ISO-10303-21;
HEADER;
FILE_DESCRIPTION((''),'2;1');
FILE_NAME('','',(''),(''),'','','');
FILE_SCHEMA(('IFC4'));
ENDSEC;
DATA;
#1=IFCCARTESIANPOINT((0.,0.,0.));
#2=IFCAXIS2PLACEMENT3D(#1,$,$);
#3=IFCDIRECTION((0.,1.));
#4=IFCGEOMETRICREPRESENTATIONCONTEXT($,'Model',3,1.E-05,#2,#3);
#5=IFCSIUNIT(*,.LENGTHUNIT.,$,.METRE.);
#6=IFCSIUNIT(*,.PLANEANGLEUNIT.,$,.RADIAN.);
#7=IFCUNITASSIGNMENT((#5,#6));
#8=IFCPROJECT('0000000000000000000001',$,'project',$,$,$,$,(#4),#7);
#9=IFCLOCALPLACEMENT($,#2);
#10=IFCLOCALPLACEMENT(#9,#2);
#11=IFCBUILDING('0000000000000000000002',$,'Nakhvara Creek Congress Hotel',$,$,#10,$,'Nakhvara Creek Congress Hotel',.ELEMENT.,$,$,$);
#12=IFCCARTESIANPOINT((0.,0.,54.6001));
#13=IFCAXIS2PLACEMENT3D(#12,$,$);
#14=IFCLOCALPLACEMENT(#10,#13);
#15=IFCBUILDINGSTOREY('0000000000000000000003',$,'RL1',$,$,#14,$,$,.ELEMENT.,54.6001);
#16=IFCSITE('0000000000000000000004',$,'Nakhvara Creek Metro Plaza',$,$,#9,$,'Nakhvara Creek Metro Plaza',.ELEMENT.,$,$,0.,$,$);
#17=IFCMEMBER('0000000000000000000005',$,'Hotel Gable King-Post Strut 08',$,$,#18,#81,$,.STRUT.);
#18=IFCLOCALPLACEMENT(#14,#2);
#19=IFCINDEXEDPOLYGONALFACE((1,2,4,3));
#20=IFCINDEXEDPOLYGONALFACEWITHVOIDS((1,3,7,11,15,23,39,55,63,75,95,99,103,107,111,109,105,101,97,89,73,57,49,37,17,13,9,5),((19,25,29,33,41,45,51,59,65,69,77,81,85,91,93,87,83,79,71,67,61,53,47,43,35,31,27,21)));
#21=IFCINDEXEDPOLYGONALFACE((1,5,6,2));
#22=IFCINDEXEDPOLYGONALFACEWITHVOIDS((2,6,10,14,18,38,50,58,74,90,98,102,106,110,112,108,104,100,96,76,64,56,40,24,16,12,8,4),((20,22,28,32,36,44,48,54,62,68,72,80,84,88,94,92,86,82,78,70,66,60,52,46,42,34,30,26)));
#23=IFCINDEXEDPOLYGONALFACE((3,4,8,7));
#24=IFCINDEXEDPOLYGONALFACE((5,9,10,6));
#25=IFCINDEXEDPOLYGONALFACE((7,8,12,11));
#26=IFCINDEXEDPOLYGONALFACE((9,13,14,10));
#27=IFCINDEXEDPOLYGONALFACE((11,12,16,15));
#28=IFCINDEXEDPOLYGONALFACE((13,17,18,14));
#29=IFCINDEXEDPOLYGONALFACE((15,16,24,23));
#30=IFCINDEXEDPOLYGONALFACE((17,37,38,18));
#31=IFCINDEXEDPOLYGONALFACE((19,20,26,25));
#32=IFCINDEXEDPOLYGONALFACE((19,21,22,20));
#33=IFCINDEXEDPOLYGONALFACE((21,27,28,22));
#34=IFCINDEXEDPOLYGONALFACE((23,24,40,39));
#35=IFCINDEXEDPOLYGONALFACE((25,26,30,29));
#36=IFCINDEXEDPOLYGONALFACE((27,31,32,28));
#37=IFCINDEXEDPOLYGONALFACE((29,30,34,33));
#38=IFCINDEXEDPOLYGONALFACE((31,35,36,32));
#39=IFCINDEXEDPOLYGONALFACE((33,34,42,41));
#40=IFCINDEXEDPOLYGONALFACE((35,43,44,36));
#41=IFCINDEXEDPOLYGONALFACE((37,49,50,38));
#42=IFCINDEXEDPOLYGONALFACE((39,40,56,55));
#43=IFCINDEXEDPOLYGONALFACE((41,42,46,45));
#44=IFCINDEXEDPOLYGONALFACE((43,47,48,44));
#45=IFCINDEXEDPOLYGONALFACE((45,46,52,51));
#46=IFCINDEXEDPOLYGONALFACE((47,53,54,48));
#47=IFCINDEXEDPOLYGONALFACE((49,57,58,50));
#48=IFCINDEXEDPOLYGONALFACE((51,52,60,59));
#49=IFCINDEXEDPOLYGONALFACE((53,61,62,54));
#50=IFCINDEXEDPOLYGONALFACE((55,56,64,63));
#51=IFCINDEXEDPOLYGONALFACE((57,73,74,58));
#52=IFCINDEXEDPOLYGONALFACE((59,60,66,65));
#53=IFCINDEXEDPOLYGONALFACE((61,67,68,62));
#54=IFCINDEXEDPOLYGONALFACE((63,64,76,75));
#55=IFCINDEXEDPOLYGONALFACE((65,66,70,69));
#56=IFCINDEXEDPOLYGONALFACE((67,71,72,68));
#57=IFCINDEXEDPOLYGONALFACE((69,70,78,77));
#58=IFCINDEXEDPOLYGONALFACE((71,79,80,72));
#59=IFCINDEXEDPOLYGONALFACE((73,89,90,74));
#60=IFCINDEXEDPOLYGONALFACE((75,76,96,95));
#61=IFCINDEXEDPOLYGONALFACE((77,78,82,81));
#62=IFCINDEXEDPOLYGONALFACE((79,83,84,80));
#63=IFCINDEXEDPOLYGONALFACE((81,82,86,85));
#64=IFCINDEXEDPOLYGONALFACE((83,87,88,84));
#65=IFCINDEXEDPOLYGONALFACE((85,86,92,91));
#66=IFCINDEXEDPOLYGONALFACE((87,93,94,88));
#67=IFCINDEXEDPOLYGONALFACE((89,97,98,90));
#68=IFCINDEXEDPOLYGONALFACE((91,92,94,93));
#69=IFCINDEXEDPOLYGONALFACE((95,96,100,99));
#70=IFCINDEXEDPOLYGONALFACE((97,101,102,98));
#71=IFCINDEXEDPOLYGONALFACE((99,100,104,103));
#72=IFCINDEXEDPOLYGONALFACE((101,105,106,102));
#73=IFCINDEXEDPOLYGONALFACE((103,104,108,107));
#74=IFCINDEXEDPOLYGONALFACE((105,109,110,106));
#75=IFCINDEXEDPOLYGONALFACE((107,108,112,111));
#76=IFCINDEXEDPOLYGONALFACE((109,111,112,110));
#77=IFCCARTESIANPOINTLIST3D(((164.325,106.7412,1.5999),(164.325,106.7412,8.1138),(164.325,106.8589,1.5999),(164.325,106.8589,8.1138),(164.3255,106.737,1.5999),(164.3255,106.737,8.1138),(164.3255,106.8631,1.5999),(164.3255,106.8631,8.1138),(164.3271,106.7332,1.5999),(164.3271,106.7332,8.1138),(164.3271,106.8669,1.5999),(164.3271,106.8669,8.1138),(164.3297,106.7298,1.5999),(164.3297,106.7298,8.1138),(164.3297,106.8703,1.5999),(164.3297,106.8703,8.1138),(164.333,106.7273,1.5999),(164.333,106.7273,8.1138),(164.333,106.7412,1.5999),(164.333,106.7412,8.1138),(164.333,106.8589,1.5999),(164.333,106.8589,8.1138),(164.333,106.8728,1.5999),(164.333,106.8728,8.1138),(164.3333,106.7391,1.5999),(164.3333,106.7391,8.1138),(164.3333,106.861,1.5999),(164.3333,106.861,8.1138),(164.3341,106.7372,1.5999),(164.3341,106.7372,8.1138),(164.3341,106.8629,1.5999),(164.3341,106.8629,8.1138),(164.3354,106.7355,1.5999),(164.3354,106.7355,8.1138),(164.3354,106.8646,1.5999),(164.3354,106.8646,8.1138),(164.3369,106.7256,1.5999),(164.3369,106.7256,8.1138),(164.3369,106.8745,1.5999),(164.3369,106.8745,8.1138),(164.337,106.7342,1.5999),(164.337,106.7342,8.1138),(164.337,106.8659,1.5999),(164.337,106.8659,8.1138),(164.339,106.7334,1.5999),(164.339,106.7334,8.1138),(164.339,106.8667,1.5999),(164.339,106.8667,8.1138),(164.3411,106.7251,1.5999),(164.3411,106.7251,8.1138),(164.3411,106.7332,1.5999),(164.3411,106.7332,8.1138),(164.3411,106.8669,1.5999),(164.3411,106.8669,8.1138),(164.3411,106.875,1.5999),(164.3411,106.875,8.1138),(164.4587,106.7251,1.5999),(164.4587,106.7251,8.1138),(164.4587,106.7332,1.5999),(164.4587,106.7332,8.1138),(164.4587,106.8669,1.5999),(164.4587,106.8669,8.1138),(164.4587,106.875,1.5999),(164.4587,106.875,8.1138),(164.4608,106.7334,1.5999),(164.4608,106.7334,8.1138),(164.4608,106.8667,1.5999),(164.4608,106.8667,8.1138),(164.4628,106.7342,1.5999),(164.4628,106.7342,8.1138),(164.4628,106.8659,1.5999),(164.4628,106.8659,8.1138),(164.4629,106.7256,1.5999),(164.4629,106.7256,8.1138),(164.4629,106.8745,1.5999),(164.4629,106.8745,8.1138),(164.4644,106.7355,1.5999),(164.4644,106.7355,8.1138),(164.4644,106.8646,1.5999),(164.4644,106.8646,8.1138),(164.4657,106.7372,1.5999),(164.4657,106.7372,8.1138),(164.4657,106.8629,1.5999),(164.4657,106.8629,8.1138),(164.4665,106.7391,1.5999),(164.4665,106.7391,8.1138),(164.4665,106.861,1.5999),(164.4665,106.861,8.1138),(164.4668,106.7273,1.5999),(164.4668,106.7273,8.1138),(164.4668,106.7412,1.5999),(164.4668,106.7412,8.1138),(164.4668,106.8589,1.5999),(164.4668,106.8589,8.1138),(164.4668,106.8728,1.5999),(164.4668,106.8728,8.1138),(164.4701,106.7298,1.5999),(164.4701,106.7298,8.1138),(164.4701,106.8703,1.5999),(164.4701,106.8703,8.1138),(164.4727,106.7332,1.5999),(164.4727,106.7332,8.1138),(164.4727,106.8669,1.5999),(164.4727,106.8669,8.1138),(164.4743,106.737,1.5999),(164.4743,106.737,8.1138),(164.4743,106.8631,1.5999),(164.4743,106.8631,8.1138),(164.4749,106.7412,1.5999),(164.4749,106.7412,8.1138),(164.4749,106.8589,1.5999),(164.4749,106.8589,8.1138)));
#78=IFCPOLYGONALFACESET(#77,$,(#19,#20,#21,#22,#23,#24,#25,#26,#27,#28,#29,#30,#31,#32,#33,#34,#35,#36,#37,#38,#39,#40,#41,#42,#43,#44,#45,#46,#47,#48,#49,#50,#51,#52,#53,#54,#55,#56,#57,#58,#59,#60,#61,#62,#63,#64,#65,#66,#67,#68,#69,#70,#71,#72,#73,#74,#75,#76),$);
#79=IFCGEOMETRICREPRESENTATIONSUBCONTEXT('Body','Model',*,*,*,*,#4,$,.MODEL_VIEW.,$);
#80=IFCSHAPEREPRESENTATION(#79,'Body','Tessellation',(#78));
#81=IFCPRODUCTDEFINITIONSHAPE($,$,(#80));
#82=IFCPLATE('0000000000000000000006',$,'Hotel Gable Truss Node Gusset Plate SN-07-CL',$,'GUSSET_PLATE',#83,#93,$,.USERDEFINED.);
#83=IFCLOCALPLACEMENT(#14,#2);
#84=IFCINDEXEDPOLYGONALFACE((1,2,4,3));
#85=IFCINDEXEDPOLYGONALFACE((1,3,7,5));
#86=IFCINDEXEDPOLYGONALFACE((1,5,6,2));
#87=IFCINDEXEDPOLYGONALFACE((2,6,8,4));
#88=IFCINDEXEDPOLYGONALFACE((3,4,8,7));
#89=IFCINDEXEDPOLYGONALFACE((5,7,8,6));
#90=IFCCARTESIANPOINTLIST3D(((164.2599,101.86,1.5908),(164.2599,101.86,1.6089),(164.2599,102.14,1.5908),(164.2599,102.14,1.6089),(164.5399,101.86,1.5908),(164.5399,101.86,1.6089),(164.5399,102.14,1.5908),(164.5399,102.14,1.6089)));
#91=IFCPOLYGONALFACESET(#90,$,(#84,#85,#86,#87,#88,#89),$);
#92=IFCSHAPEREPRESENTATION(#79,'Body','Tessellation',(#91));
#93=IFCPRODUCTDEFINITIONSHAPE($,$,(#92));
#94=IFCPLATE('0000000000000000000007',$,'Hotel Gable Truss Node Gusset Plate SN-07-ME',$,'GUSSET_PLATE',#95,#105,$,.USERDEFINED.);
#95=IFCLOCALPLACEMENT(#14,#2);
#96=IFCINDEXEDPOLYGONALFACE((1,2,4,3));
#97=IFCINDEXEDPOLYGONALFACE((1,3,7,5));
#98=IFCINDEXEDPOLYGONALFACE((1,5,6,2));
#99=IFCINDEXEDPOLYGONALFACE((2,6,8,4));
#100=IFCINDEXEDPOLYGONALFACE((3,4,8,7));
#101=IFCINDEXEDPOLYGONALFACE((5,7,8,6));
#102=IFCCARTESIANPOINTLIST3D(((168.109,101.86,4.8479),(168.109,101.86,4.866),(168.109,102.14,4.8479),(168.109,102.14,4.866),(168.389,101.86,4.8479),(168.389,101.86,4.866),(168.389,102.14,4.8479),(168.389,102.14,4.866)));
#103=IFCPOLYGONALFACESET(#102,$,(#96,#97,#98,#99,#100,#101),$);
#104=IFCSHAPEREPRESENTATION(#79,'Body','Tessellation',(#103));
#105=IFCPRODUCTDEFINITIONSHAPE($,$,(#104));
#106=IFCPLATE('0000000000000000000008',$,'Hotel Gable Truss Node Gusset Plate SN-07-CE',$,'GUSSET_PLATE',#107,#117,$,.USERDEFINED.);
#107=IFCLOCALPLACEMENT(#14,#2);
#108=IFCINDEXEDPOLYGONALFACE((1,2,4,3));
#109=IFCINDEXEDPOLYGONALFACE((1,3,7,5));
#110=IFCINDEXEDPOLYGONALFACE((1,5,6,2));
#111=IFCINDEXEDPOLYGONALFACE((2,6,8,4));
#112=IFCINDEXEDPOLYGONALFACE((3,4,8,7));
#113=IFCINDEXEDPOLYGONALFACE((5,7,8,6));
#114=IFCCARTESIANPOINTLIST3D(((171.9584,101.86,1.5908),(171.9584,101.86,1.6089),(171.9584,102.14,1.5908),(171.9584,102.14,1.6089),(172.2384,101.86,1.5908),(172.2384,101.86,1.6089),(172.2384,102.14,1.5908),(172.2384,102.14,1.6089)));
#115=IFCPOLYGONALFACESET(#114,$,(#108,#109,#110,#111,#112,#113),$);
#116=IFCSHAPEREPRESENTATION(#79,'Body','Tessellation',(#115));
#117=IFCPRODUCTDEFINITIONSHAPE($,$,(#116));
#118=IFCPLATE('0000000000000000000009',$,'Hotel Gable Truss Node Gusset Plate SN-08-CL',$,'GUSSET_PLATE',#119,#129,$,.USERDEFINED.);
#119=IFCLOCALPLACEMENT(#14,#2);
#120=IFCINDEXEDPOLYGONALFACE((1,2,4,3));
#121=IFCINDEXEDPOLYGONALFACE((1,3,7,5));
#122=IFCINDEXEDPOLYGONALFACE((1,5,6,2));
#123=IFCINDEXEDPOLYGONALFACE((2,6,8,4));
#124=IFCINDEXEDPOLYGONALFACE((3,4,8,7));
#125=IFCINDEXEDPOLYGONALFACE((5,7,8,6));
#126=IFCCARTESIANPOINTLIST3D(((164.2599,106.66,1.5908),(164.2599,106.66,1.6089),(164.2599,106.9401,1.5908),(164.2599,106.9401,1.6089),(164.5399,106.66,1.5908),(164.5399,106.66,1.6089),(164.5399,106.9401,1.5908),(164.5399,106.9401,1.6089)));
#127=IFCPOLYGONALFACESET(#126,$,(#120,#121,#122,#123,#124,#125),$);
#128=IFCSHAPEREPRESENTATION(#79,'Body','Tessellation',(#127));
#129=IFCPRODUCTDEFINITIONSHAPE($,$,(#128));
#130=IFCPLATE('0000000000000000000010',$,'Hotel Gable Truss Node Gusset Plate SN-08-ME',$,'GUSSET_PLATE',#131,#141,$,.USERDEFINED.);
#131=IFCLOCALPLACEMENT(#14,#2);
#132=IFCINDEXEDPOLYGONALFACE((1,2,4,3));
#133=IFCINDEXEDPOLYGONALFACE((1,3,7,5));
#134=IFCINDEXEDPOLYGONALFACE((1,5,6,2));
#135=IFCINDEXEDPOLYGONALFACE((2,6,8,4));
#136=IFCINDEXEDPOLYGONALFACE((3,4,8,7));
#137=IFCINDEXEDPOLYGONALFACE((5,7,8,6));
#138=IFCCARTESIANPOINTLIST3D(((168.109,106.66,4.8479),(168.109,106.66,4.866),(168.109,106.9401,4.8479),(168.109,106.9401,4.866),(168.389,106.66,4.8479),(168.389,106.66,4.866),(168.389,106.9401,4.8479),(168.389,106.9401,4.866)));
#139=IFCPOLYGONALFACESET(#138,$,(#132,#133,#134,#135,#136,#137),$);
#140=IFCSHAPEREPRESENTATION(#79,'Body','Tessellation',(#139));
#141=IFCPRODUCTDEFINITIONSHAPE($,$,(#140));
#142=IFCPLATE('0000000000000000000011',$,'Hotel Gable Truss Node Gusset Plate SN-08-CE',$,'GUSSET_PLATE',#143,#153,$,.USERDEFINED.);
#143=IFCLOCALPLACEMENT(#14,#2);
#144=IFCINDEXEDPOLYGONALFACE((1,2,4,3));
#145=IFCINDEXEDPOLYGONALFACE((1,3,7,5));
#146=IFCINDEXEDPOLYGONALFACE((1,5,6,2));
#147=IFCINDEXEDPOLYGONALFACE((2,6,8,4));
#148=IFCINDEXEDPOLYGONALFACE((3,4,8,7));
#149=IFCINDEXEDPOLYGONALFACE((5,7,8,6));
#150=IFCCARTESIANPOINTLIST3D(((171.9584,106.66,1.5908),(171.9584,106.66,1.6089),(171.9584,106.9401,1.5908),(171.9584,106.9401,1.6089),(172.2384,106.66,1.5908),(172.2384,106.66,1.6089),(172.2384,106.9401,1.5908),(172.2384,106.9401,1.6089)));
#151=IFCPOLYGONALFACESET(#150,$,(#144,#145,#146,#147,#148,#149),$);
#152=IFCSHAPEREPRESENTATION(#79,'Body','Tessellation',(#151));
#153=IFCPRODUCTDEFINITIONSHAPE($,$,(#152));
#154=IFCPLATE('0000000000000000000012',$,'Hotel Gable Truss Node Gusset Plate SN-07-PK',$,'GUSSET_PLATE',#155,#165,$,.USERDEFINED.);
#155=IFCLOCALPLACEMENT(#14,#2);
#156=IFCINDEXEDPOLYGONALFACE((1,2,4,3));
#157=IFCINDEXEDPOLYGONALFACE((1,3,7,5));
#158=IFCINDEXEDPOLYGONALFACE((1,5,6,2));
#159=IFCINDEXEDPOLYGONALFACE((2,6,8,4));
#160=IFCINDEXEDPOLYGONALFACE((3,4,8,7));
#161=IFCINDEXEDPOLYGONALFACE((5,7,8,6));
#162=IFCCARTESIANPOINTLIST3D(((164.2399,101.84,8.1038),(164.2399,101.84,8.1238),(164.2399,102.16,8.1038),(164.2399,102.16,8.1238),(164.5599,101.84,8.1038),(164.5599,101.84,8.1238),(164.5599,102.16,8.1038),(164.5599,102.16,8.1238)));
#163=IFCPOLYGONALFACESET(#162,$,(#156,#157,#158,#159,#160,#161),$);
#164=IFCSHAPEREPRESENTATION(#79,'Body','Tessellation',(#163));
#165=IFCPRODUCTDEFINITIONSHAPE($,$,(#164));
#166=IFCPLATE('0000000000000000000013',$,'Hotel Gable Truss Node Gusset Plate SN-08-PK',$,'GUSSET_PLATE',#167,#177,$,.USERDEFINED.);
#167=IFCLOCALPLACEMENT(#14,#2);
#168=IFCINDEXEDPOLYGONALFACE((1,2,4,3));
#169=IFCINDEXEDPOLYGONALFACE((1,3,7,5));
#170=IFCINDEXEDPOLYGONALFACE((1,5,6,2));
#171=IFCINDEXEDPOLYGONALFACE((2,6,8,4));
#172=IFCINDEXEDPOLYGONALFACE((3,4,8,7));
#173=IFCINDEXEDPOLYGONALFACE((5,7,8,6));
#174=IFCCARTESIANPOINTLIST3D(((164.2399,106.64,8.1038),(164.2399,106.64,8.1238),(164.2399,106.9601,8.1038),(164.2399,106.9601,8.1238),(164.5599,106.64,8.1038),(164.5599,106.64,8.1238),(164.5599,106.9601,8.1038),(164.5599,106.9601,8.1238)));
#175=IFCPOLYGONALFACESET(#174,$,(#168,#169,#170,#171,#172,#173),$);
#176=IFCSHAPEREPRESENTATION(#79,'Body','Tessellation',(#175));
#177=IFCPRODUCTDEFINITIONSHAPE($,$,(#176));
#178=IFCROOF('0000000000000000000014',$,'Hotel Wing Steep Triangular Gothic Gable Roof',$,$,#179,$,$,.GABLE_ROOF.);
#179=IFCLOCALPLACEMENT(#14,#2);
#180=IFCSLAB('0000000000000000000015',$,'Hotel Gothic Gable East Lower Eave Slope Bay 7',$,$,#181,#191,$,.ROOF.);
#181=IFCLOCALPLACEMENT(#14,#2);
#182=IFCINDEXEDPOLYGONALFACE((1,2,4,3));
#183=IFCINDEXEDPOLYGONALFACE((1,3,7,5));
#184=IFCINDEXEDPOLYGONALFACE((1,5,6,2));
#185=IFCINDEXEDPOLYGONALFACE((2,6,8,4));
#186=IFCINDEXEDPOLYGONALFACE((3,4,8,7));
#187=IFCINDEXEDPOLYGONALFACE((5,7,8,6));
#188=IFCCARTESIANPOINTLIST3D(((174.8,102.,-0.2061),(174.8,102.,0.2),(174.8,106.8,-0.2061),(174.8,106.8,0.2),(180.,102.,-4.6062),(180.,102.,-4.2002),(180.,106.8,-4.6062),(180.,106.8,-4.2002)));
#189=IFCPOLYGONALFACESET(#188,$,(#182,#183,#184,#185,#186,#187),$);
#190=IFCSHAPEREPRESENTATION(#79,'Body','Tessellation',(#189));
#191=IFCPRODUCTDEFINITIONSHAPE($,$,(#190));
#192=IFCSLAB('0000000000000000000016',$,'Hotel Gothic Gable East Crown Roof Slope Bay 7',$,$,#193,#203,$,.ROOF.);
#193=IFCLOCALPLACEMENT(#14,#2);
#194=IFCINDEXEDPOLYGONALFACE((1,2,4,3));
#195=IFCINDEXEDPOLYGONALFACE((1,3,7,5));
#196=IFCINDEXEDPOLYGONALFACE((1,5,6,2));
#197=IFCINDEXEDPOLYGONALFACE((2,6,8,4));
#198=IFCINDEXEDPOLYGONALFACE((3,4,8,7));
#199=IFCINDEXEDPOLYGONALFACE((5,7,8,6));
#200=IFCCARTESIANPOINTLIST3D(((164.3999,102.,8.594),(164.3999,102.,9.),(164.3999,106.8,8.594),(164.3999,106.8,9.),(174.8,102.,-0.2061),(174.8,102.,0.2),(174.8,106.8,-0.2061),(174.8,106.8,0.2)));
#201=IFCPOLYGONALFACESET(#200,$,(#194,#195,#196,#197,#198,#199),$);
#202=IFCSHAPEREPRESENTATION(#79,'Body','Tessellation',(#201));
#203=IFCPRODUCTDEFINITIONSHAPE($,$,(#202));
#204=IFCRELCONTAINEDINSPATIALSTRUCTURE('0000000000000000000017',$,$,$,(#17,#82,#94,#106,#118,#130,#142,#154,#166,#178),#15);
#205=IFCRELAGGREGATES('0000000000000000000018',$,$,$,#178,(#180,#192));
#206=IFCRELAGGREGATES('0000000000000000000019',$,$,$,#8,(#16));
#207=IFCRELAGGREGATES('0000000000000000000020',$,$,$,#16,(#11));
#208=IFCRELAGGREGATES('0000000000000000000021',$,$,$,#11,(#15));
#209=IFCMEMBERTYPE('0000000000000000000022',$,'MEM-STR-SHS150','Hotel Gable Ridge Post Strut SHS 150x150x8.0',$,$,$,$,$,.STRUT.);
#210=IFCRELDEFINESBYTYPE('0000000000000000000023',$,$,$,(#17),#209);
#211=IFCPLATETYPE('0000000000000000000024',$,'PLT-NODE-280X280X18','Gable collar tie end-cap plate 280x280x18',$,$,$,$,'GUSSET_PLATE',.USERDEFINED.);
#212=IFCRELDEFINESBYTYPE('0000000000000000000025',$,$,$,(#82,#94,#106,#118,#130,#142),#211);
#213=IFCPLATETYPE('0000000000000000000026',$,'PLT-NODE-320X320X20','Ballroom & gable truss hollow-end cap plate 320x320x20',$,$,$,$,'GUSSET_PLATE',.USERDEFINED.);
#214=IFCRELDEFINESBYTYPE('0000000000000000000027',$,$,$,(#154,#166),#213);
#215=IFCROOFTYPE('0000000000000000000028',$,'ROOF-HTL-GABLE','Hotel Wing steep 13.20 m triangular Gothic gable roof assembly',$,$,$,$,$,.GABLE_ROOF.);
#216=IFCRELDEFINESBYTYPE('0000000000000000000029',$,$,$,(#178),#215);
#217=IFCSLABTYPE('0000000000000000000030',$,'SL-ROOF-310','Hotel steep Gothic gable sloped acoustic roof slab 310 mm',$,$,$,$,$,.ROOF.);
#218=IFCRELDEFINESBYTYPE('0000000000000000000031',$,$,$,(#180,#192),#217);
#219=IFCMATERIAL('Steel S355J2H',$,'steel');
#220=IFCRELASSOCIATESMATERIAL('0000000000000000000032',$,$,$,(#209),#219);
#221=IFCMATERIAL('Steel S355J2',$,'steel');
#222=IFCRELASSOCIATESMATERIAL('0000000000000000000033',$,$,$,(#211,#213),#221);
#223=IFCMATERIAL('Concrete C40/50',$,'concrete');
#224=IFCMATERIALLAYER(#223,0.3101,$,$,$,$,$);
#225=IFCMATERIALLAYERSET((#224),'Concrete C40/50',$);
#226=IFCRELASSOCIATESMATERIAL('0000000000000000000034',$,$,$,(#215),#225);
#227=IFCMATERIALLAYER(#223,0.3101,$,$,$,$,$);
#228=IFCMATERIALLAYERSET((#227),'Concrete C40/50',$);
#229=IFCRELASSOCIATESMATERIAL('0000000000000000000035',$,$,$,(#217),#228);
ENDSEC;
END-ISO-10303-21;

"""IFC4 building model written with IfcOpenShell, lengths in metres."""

from ifc_helpers import new_model, si_unit, direction, frame, origin, origin_2d, place, context, subcontext, project, spatial, polyline, rectangle, hollow_rectangle, outline, extrude, material, layer, layer_set, material_profile, profile_set, type_object, element, aggregate, save


model = new_model("IFC4")

# Units and contexts
model_context = context("Model", 3, precision=1e-05, world=origin(), true_north=direction((0.0, 1.0)))
body_context = subcontext(model_context, "Body", "Model", "MODEL_VIEW")
ifc_project = project(units=[si_unit("LENGTHUNIT", "METRE"), si_unit("PLANEANGLEUNIT", "RADIAN")], contexts=[model_context])

# Site, building, storey
site_placement = place(None, origin())
site = spatial("IfcSite", under=ifc_project, at=site_placement, Name="Nakhvara Creek Metro Plaza", LongName="Nakhvara Creek Metro Plaza", CompositionType="ELEMENT", RefElevation=0.0)
building_placement = place(site_placement, origin())
building = spatial("IfcBuilding", under=site, at=building_placement, Name="Nakhvara Creek Congress Hotel", LongName="Nakhvara Creek Congress Hotel", CompositionType="ELEMENT")
storey_placement = place(building_placement, frame((0.0, 0.0, 54.6001)))
storey = spatial("IfcBuildingStorey", under=building, at=storey_placement, Name="RL1", CompositionType="ELEMENT", Elevation=54.6001)

# Shared definitions
ifc_material_1 = material(Name="Steel S355J2", Category="steel")

# Member
ifc_material_2 = material(Name="Steel S355J2H", Category="steel")
ifc_material_profile_1 = material_profile(ifc_material_2, hollow_rectangle(XDim=0.1499, YDim=0.1499, WallThickness=0.0081, InnerFilletRadius=0.0081, OuterFilletRadius=0.0161, at=origin_2d()), Name="SHS 150x150x8.0", Category="LoadBearing")
ifc_profile_set_1 = profile_set([ifc_material_profile_1], Name="Steel S355J2H")
member_type_1 = type_object("IfcMemberType", Name="MEM-STR-SHS150", Description="Hotel Gable Ridge Post Strut SHS 150x150x8.0", PredefinedType="STRUT", material=ifc_profile_set_1)
member_1_placement = place(storey_placement, frame((164.3999, 106.8, 1.5999), z_axis=(0.0, 0.0, 1.0), x_axis=(1.0, 0.0, 0.0)))
element("IfcMember", 1, at=member_1_placement, inside=storey, type_object=member_type_1, Name="Hotel Gable King-Post Strut 08", PredefinedType="STRUT", context=body_context, shape_type="SweptSolid", body=[
    extrude(hollow_rectangle(XDim=0.1499, YDim=0.1499, WallThickness=0.0081, InnerFilletRadius=0.0081, OuterFilletRadius=0.0161, at=origin_2d()), origin(), (0.0, 0.0, 1.0), 6.5139),
])

# Plates
plate_type_1 = type_object("IfcPlateType", Name="PLT-NODE-280X280X18", Description="Gable collar tie end-cap plate 280x280x18", ElementType="GUSSET_PLATE", PredefinedType="USERDEFINED", material=ifc_material_1)
for number, where, z_axis, x_axis, name in (
    (2, (164.3999, 102.0, 1.5908), (0.0, 0.0, 1.0), (1.0, 0.0, 0.0), "Hotel Gable Truss Node Gusset Plate SN-07-CL"),
    (3, (168.249, 102.0, 4.8479), (0.0, 0.0, 1.0), (1.0, 0.0, 0.0), "Hotel Gable Truss Node Gusset Plate SN-07-ME"),
    (4, (172.0984, 102.0, 1.5908), (0.0, 0.0, 1.0), (1.0, 0.0, 0.0), "Hotel Gable Truss Node Gusset Plate SN-07-CE"),
    (5, (164.3999, 106.8, 1.5908), (0.0, 0.0, 1.0), (1.0, 0.0, 0.0), "Hotel Gable Truss Node Gusset Plate SN-08-CL"),
    (6, (168.249, 106.8, 4.8479), (0.0, 0.0, 1.0), (1.0, 0.0, 0.0), "Hotel Gable Truss Node Gusset Plate SN-08-ME"),
    (7, (172.0984, 106.8, 1.5908), (0.0, 0.0, 1.0), (1.0, 0.0, 0.0), "Hotel Gable Truss Node Gusset Plate SN-08-CE"),
):
    element("IfcPlate", number, at=place(storey_placement, frame(where, z_axis=z_axis, x_axis=x_axis)), inside=storey, type_object=plate_type_1, Name=name, ObjectType="GUSSET_PLATE", PredefinedType="USERDEFINED", context=body_context, shape_type="SweptSolid", body=[
        extrude(rectangle(XDim=0.28, YDim=0.28, at=origin_2d()), origin(), (0.0, 0.0, 1.0), 0.0181),
    ])
plate_type_2 = type_object("IfcPlateType", Name="PLT-NODE-320X320X20", Description="Ballroom & gable truss hollow-end cap plate 320x320x20", ElementType="GUSSET_PLATE", PredefinedType="USERDEFINED", material=ifc_material_1)
for number, where, z_axis, x_axis, name in (
    (8, (164.3999, 102.0, 8.1038), (0.0, 0.0, 1.0), (1.0, 0.0, 0.0), "Hotel Gable Truss Node Gusset Plate SN-07-PK"),
    (9, (164.3999, 106.8, 8.1038), (0.0, 0.0, 1.0), (1.0, 0.0, 0.0), "Hotel Gable Truss Node Gusset Plate SN-08-PK"),
):
    element("IfcPlate", number, at=place(storey_placement, frame(where, z_axis=z_axis, x_axis=x_axis)), inside=storey, type_object=plate_type_2, Name=name, ObjectType="GUSSET_PLATE", PredefinedType="USERDEFINED", context=body_context, shape_type="SweptSolid", body=[
        extrude(rectangle(XDim=0.3201, YDim=0.3201, at=origin_2d()), origin(), (0.0, 0.0, 1.0), 0.02),
    ])

# Roof, slabs
ifc_material_3 = material(Name="Concrete C40/50", Category="concrete")
ifc_layer_1 = layer(ifc_material_3, 0.3101)
ifc_layer_set_1 = layer_set([ifc_layer_1], Name="Concrete C40/50")
roof_type = type_object("IfcRoofType", Name="ROOF-HTL-GABLE", Description="Hotel Wing steep 13.20 m triangular Gothic gable roof assembly", PredefinedType="GABLE_ROOF", material=ifc_layer_set_1)
roof_placement = place(storey_placement, origin())
roof = element("IfcRoof", 10, at=roof_placement, inside=storey, type_object=roof_type, Name="Hotel Wing Steep Triangular Gothic Gable Roof", PredefinedType="GABLE_ROOF")
ifc_layer_2 = layer(ifc_material_3, 0.3101)
ifc_layer_set_2 = layer_set([ifc_layer_2], Name="Concrete C40/50")
slab_type = type_object("IfcSlabType", Name="SL-ROOF-310", Description="Hotel steep Gothic gable sloped acoustic roof slab 310 mm", PredefinedType="ROOF", material=ifc_layer_set_2)
slab_1_placement = place(storey_placement, frame((174.8, 102.0, 0.2), z_axis=(0.0, 0.0, 1.0), x_axis=(1.0, 0.0, 0.0)))
slab_1 = element("IfcSlab", 11, at=slab_1_placement, type_object=slab_type, Name="Hotel Gothic Gable East Lower Eave Slope Bay 7", PredefinedType="ROOF", context=body_context, shape_type="SweptSolid", body=[
    extrude(outline(polyline([(0.0, 0.0), (5.2, -4.4001), (5.2, -4.8062), (0.0, -0.406), (0.0, 0.0)])), frame((0.0, 4.8, 0.0), z_axis=(0.0, -1.0, 0.0), x_axis=(1.0, 0.0, 0.0)), (0.0, 0.0, 1.0), 4.8),
])
slab_2_placement = place(storey_placement, frame((164.3999, 102.0, 9.0), z_axis=(0.0, 0.0, 1.0), x_axis=(1.0, 0.0, 0.0)))
slab_2 = element("IfcSlab", 12, at=slab_2_placement, type_object=slab_type, Name="Hotel Gothic Gable East Crown Roof Slope Bay 7", PredefinedType="ROOF", context=body_context, shape_type="SweptSolid", body=[
    extrude(outline(polyline([(0.0, 0.0), (10.4001, -8.8), (10.4001, -9.2061), (0.0, -0.406), (0.0, 0.0)])), frame((0.0, 4.8, 0.0), z_axis=(0.0, -1.0, 0.0), x_axis=(1.0, 0.0, 0.0)), (0.0, 0.0, 1.0), 4.8),
])
aggregate(roof, [slab_1, slab_2])

save(model, "model.ifc")
